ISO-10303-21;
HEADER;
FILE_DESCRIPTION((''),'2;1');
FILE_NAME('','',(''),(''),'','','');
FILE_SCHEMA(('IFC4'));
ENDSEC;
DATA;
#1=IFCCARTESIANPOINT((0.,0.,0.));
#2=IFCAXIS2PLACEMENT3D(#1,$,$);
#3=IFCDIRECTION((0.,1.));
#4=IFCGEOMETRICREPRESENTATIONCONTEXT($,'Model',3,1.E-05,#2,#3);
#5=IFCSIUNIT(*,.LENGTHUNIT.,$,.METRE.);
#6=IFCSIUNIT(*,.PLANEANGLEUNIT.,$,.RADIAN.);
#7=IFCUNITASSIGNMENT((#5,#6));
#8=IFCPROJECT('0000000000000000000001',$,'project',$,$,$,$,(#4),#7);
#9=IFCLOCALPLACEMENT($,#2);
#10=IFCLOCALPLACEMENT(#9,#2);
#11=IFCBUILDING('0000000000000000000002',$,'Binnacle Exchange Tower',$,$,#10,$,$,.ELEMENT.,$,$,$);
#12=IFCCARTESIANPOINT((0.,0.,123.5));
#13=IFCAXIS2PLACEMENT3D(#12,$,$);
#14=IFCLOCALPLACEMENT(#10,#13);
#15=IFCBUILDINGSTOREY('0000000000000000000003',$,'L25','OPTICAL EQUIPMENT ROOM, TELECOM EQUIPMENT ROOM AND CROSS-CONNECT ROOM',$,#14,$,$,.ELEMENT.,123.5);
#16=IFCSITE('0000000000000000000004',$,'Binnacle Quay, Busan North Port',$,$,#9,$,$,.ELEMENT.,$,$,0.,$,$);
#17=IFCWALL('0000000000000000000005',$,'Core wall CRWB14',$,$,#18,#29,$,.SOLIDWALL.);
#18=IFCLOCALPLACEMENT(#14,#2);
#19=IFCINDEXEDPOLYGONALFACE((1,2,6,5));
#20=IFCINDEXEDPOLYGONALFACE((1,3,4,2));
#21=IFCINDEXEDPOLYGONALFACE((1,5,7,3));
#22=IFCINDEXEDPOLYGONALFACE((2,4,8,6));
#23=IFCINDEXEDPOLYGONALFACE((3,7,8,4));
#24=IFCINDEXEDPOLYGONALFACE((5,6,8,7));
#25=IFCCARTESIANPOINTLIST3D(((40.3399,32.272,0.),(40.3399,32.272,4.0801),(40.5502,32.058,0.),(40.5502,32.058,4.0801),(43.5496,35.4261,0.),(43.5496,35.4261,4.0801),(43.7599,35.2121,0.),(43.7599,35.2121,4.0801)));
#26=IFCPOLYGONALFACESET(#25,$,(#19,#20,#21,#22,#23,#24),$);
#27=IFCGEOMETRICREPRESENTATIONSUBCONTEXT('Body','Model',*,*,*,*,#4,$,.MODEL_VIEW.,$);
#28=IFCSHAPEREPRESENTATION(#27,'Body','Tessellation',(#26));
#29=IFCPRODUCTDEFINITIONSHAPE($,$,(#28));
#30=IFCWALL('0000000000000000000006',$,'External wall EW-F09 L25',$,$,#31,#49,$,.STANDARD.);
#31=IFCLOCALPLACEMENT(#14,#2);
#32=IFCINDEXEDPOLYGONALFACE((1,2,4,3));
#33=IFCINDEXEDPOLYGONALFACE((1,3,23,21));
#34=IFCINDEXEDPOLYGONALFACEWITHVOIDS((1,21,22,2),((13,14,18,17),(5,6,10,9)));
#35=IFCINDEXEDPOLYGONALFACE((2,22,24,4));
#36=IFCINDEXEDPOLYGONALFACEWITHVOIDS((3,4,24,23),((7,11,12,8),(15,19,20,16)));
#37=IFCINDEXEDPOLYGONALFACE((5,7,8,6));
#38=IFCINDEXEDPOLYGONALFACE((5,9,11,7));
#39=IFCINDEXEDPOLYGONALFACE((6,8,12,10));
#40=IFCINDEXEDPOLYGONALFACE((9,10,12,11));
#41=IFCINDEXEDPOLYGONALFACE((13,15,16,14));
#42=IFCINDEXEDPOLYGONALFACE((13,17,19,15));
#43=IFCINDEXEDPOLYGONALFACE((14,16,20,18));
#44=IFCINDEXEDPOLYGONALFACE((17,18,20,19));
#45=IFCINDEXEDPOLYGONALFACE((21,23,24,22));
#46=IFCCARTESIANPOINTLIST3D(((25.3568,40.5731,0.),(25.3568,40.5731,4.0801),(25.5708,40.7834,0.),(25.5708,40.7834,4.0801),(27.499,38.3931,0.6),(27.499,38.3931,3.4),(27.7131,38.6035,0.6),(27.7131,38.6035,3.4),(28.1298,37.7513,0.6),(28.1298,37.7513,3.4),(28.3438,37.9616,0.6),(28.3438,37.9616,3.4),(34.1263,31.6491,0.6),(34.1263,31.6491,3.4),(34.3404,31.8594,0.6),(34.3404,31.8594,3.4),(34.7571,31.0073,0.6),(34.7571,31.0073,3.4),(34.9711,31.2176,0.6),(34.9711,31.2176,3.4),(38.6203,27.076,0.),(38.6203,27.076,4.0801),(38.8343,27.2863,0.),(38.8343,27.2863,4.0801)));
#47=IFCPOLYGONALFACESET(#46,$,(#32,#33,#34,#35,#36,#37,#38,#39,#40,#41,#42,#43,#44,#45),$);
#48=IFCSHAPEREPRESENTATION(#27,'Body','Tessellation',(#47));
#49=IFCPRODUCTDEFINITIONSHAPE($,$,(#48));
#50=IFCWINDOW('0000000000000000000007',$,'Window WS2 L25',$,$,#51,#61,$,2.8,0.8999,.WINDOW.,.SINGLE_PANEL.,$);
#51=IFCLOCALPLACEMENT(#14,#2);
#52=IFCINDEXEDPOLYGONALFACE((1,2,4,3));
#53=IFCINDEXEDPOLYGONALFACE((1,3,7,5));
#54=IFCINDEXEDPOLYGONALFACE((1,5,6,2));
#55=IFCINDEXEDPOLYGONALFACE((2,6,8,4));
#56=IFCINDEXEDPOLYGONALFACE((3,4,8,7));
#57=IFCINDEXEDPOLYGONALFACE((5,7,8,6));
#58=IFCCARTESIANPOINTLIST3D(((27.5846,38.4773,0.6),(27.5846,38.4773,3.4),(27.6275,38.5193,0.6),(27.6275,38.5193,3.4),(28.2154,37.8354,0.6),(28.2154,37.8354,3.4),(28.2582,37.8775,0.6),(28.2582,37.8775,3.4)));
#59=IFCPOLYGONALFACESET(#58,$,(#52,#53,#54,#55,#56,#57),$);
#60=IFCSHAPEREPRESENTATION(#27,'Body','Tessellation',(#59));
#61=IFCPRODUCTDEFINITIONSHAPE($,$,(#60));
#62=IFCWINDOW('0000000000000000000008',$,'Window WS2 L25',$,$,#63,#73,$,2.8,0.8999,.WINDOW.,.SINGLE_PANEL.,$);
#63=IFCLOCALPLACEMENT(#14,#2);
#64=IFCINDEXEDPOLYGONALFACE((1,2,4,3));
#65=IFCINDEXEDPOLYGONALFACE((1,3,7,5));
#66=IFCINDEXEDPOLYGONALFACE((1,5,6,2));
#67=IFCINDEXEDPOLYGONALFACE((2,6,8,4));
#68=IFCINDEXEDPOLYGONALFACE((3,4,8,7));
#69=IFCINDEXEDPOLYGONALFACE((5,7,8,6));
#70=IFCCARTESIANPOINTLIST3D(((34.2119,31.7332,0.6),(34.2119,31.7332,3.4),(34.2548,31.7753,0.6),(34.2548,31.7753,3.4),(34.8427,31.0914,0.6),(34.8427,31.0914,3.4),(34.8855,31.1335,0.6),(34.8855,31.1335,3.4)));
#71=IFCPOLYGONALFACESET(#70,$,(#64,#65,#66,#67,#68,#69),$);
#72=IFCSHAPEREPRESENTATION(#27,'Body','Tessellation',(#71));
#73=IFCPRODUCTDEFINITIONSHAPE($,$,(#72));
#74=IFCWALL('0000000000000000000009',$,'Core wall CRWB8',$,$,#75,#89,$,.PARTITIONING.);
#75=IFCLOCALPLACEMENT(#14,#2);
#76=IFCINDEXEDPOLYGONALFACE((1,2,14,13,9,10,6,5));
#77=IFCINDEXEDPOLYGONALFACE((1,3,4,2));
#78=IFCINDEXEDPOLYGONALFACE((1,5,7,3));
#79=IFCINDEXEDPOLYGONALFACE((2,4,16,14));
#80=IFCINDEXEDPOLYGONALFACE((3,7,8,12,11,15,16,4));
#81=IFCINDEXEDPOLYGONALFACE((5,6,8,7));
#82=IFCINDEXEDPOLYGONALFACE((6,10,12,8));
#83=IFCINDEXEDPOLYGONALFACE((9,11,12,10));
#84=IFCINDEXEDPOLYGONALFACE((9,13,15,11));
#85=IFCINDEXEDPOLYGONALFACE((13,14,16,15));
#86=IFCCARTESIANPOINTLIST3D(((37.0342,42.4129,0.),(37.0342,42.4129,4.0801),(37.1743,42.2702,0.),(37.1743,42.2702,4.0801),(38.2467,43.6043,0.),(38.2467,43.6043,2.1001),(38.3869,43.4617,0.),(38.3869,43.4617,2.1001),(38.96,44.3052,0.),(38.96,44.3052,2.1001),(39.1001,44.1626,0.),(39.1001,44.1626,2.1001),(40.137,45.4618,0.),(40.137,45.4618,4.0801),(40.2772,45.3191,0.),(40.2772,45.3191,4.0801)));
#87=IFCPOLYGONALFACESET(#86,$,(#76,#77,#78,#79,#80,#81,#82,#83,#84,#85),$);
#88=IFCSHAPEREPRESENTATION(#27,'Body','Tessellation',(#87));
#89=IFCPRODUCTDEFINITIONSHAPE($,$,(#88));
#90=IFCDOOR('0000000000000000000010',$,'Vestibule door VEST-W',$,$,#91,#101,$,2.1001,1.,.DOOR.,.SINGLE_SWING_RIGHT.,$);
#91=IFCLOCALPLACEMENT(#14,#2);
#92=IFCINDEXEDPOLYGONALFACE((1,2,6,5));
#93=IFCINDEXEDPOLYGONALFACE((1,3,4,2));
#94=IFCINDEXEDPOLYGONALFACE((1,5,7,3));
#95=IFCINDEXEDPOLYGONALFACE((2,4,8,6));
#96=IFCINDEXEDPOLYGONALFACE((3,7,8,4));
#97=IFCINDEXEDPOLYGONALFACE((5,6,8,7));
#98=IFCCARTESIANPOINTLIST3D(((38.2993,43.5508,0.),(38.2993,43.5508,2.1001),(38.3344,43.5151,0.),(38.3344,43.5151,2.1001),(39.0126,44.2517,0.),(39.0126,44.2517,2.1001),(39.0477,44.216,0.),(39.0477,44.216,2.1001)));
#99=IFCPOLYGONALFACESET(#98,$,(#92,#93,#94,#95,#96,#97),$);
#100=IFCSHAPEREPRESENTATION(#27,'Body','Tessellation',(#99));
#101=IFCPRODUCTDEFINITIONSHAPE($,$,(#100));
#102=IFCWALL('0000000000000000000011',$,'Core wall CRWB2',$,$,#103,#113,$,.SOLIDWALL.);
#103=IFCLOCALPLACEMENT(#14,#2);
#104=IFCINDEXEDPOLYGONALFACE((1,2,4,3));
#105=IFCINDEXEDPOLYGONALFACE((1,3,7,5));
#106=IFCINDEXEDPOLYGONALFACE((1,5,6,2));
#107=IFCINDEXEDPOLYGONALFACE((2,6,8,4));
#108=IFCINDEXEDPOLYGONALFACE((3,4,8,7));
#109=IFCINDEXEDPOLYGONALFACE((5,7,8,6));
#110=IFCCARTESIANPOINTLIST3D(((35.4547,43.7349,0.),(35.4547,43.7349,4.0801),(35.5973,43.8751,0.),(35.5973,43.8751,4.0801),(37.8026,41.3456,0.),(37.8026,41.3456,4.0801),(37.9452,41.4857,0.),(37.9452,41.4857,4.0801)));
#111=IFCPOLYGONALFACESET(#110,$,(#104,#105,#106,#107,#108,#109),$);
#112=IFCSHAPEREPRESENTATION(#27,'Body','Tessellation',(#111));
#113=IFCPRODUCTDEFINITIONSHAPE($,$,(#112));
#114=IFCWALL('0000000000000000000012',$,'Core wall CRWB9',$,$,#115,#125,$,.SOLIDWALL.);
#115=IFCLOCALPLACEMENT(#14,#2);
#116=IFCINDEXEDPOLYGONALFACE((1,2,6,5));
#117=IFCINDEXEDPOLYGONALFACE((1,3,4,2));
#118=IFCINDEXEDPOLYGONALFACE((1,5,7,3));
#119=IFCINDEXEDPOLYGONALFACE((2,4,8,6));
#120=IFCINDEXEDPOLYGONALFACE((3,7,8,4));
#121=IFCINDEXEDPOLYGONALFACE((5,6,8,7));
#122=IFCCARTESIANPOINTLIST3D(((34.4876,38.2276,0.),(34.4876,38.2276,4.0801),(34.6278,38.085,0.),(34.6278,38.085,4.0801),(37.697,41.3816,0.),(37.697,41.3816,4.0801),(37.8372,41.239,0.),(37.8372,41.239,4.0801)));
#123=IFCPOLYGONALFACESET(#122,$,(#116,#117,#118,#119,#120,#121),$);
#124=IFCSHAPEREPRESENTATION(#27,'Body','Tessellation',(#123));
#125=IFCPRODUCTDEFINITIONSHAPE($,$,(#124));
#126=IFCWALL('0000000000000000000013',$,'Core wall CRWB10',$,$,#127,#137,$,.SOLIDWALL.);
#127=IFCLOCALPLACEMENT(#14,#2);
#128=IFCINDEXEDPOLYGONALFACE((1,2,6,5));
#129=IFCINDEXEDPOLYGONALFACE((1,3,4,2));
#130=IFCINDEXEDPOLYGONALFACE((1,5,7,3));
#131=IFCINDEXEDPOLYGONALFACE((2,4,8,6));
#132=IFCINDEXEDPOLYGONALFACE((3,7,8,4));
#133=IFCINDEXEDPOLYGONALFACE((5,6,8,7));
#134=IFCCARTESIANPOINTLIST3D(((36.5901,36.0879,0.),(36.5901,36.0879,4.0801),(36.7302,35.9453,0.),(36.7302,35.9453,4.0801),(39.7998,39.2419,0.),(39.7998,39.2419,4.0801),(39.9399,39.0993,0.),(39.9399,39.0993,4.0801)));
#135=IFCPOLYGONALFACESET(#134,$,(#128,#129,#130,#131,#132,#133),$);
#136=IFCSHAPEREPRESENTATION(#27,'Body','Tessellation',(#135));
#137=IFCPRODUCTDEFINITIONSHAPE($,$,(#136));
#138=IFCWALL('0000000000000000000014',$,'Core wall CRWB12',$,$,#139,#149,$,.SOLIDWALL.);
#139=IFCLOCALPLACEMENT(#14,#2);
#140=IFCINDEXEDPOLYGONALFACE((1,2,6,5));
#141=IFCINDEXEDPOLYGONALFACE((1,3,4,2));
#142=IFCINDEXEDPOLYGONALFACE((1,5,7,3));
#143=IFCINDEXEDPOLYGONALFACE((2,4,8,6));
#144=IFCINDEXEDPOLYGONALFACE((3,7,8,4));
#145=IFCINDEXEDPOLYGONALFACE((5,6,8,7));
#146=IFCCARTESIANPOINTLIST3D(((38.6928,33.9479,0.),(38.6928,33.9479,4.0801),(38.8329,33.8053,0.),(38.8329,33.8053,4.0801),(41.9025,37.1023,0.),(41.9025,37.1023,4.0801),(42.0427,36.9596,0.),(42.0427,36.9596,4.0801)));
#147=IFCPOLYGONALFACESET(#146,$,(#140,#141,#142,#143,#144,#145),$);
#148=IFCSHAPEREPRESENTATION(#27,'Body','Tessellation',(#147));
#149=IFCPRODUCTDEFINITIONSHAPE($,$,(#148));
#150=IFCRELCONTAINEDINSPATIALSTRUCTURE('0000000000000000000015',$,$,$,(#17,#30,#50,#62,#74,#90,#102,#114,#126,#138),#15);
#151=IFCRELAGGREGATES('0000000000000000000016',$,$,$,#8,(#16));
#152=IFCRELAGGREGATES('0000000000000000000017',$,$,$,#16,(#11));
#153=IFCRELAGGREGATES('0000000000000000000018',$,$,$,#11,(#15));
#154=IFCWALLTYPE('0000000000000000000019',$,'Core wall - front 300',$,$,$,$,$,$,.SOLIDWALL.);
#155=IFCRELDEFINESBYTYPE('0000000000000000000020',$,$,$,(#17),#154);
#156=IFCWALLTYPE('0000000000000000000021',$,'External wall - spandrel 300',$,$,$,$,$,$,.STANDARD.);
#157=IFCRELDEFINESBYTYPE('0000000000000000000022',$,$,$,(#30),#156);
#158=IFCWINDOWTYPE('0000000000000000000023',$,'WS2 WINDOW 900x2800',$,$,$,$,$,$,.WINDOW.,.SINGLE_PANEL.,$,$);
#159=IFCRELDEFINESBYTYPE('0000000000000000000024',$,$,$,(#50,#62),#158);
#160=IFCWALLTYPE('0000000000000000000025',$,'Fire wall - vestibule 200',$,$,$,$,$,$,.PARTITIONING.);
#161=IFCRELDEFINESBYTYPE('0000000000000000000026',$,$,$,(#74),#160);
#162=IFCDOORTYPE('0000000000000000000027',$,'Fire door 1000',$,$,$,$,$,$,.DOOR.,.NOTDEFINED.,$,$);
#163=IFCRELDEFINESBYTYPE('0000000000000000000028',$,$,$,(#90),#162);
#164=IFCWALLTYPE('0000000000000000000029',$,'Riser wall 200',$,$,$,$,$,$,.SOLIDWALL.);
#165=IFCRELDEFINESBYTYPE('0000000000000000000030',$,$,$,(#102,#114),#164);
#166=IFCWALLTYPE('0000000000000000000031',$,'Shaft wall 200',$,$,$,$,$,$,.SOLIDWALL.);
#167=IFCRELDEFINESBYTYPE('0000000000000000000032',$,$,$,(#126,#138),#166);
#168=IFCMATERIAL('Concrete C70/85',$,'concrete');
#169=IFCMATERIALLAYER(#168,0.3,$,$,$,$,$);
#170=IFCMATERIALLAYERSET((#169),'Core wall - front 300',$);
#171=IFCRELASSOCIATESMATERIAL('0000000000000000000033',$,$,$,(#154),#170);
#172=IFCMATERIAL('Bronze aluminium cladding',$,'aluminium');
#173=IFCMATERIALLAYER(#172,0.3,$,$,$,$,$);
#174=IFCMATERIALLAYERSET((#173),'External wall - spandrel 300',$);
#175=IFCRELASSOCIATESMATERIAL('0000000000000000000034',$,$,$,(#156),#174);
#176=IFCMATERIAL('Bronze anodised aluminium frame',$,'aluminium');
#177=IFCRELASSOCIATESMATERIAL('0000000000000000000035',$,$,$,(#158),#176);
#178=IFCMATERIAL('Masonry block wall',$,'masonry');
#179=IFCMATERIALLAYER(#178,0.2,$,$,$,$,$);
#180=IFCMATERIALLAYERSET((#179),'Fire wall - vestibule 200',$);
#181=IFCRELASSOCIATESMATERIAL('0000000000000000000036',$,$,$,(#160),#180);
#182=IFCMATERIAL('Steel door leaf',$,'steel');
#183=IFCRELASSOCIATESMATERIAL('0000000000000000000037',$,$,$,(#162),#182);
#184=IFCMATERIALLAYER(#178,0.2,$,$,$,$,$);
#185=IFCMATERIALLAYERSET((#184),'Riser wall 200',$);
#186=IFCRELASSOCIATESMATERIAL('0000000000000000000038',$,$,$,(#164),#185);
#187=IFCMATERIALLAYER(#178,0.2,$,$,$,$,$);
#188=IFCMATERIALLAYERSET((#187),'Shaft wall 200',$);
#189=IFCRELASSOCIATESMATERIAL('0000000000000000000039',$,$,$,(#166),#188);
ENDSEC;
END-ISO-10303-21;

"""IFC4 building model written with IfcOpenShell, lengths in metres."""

from ifc_helpers import new_model, si_unit, direction, frame, frame_2d, origin, place, context, subcontext, project, spatial, rectangle, extrude, material, layer, layer_set, type_object, element, fill, save


model = new_model("IFC4")

# Units and contexts
model_context = context("Model", 3, precision=1e-05, world=origin(), true_north=direction((0.0, 1.0)))
body_context = subcontext(model_context, "Body", "Model", "MODEL_VIEW")
ifc_project = project(units=[si_unit("LENGTHUNIT", "METRE"), si_unit("PLANEANGLEUNIT", "RADIAN")], contexts=[model_context])

# Site, building, storey
site_placement = place(None, origin())
site = spatial("IfcSite", under=ifc_project, at=site_placement, Name="Binnacle Quay, Busan North Port", CompositionType="ELEMENT", RefElevation=0.0)
building_placement = place(site_placement, origin())
building = spatial("IfcBuilding", under=site, at=building_placement, Name="Binnacle Exchange Tower", CompositionType="ELEMENT")
storey_placement = place(building_placement, frame((0.0, 0.0, 123.5)))
storey = spatial("IfcBuildingStorey", under=building, at=storey_placement, Name="L25", Description="OPTICAL EQUIPMENT ROOM, TELECOM EQUIPMENT ROOM AND CROSS-CONNECT ROOM", CompositionType="ELEMENT", Elevation=123.5)

# Shared definitions
ifc_material_1 = material(Name="Concrete C70/85", Category="concrete")

# Shared definitions
ifc_layer_1 = layer(ifc_material_1, 0.3)
ifc_layer_set_1 = layer_set([ifc_layer_1], Name="Core wall - front 300")
wall_type_1 = type_object("IfcWallType", Name="Core wall - front 300", PredefinedType="SOLIDWALL", material=ifc_layer_set_1)
ifc_material_2 = material(Name="Steel door leaf", Category="steel")

# Wall
wall_1_placement = place(storey_placement, frame((40.4451, 32.165, 0.0), z_axis=(0.0, 0.0, 1.0), x_axis=(0.713265, 0.700895, 0.0)))
element("IfcWall", 1, at=wall_1_placement, inside=storey, type_object=wall_type_1, Name="Core wall CRWB14", PredefinedType="SOLIDWALL", context=body_context, shape_type="SweptSolid", body=[
    extrude(rectangle(XDim=4.5, YDim=0.3, at=frame_2d((2.25, 0.0))), origin(), (0.0, 0.0, 1.0), 4.0801),
])

# Wall, openings, windows
ifc_material_3 = material(Name="Bronze aluminium cladding", Category="aluminium")
ifc_layer_2 = layer(ifc_material_3, 0.3)
ifc_layer_set_2 = layer_set([ifc_layer_2], Name="External wall - spandrel 300")
wall_type_2 = type_object("IfcWallType", Name="External wall - spandrel 300", PredefinedType="STANDARD", material=ifc_layer_set_2)
wall_2_placement = place(storey_placement, frame((38.7273, 27.1812, 0.0), z_axis=(0.0, 0.0, 1.0), x_axis=(-0.700906, 0.713253, 0.0)))
wall_2 = element("IfcWall", 2, at=wall_2_placement, inside=storey, type_object=wall_type_2, Name="External wall EW-F09 L25", PredefinedType="STANDARD", context=body_context, shape_type="SweptSolid", body=[
    extrude(rectangle(XDim=18.9233, YDim=0.3, at=frame_2d((9.4617, 0.0))), origin(), (0.0, 0.0, 1.0), 4.0801),
])
opening_1_placement = place(wall_2_placement, frame((14.967, 0.0, 0.6001)))
opening_1 = element("IfcOpeningElement", 3, at=opening_1_placement, cuts=wall_2, PredefinedType="OPENING", context=body_context, shape_type="SweptSolid", body=[
    extrude(rectangle(XDim=0.8999, YDim=2.8, at=frame_2d((0.45, 1.3999))), frame((0.0, 0.1599, 0.0), z_axis=(0.0, -1.0, 0.0), x_axis=(1.0, 0.0, 0.0)), (0.0, 0.0, 1.0), 0.3201),
])
opening_2_placement = place(wall_2_placement, frame((5.5117, 0.0, 0.6001)))
opening_2 = element("IfcOpeningElement", 4, at=opening_2_placement, cuts=wall_2, PredefinedType="OPENING", context=body_context, shape_type="SweptSolid", body=[
    extrude(rectangle(XDim=0.8999, YDim=2.8, at=frame_2d((0.45, 1.3999))), frame((0.0, 0.1599, 0.0), z_axis=(0.0, -1.0, 0.0), x_axis=(1.0, 0.0, 0.0)), (0.0, 0.0, 1.0), 0.3201),
])
ifc_material_4 = material(Name="Bronze anodised aluminium frame", Category="aluminium")
window_type = type_object("IfcWindowType", Name="WS2 WINDOW 900x2800", PartitioningType="SINGLE_PANEL", PredefinedType="WINDOW", material=ifc_material_4)
window_1_placement = place(opening_1_placement, origin())
window_1 = element("IfcWindow", 5, at=window_1_placement, inside=storey, type_object=window_type, Name="Window WS2 L25", OverallHeight=2.8, OverallWidth=0.8999, PartitioningType="SINGLE_PANEL", PredefinedType="WINDOW", context=body_context, shape_type="SweptSolid", body=[
    extrude(rectangle(XDim=0.8999, YDim=2.8, at=frame_2d((0.45, 1.3999))), frame((0.0, 0.03, 0.0), z_axis=(0.0, -1.0, 0.0), x_axis=(1.0, 0.0, 0.0)), (0.0, 0.0, 1.0), 0.0601),
])
fill(opening_1, window_1)
window_2_placement = place(opening_2_placement, origin())
window_2 = element("IfcWindow", 6, at=window_2_placement, inside=storey, type_object=window_type, Name="Window WS2 L25", OverallHeight=2.8, OverallWidth=0.8999, PartitioningType="SINGLE_PANEL", PredefinedType="WINDOW", context=body_context, shape_type="SweptSolid", body=[
    extrude(rectangle(XDim=0.8999, YDim=2.8, at=frame_2d((0.45, 1.3999))), frame((0.0, 0.03, 0.0), z_axis=(0.0, -1.0, 0.0), x_axis=(1.0, 0.0, 0.0)), (0.0, 0.0, 1.0), 0.0601),
])
fill(opening_2, window_2)

# Wall, opening, door
ifc_material_5 = material(Name="Masonry block wall", Category="masonry")
ifc_layer_3 = layer(ifc_material_5, 0.2)
ifc_layer_set_3 = layer_set([ifc_layer_3], Name="Fire wall - vestibule 200")
wall_type_3 = type_object("IfcWallType", Name="Fire wall - vestibule 200", PredefinedType="PARTITIONING", material=ifc_layer_set_3)
wall_3_placement = place(storey_placement, frame((37.1042, 42.3416, 0.0), z_axis=(0.0, 0.0, 1.0), x_axis=(0.713281, 0.700878, 0.0)))
wall_3 = element("IfcWall", 7, at=wall_3_placement, inside=storey, type_object=wall_type_3, Name="Core wall CRWB8", PredefinedType="PARTITIONING", context=body_context, shape_type="SweptSolid", body=[
    extrude(rectangle(XDim=4.3501, YDim=0.2, at=frame_2d((2.175, 0.0))), origin(), (0.0, 0.0, 1.0), 4.0801),
])
opening_3_placement = place(wall_3_placement, frame((1.7, 0.0, 0.0)))
opening_3 = element("IfcOpeningElement", 8, at=opening_3_placement, cuts=wall_3, PredefinedType="OPENING", context=body_context, shape_type="SweptSolid", body=[
    extrude(rectangle(XDim=1.0, YDim=2.1001, at=frame_2d((0.5, 1.05))), frame((0.0, 0.1099, 0.0), z_axis=(0.0, -1.0, 0.0), x_axis=(1.0, 0.0, 0.0)), (0.0, 0.0, 1.0), 0.22),
])
door_type_1 = type_object("IfcDoorType", Name="Fire door 1000", OperationType="NOTDEFINED", PredefinedType="DOOR", material=ifc_material_2)
door_1_placement = place(opening_3_placement, origin())
door_1 = element("IfcDoor", 9, at=door_1_placement, inside=storey, type_object=door_type_1, Name="Vestibule door VEST-W", OperationType="SINGLE_SWING_RIGHT", OverallHeight=2.1001, OverallWidth=1.0, PredefinedType="DOOR", context=body_context, shape_type="SweptSolid", body=[
    extrude(rectangle(XDim=1.0, YDim=2.1001, at=frame_2d((0.5, 1.05))), frame((0.0, 0.0249, 0.0), z_axis=(0.0, -1.0, 0.0), x_axis=(1.0, 0.0, 0.0)), (0.0, 0.0, 1.0), 0.05),
])
fill(opening_3, door_1)

# Walls
ifc_layer_4 = layer(ifc_material_5, 0.2)
ifc_layer_set_4 = layer_set([ifc_layer_4], Name="Riser wall 200")
wall_type_4 = type_object("IfcWallType", Name="Riser wall 200", PredefinedType="SOLIDWALL", material=ifc_layer_set_4)
wall_4_placement = place(storey_placement, frame((35.5261, 43.8049, 0.0), z_axis=(0.0, 0.0, 1.0), x_axis=(0.700885, -0.713274, 0.0)))
element("IfcWall", 10, at=wall_4_placement, inside=storey, type_object=wall_type_4, Name="Core wall CRWB2", PredefinedType="SOLIDWALL", context=body_context, shape_type="SweptSolid", body=[
    extrude(rectangle(XDim=3.3499, YDim=0.2, at=frame_2d((1.6748, 0.0))), origin(), (0.0, 0.0, 1.0), 4.0801),
])
wall_5_placement = place(storey_placement, frame((34.5576, 38.1562, 0.0), z_axis=(0.0, 0.0, 1.0), x_axis=(0.713238, 0.700922, 0.0)))
element("IfcWall", 11, at=wall_5_placement, inside=storey, type_object=wall_type_4, Name="Core wall CRWB9", PredefinedType="SOLIDWALL", context=body_context, shape_type="SweptSolid", body=[
    extrude(rectangle(XDim=4.4998, YDim=0.2, at=frame_2d((2.25, 0.0))), origin(), (0.0, 0.0, 1.0), 4.0801),
])
ifc_layer_5 = layer(ifc_material_5, 0.2)
ifc_layer_set_5 = layer_set([ifc_layer_5], Name="Shaft wall 200")
wall_type_5 = type_object("IfcWallType", Name="Shaft wall 200", PredefinedType="SOLIDWALL", material=ifc_layer_set_5)
wall_6_placement = place(storey_placement, frame((36.6602, 36.0166, 0.0), z_axis=(0.0, 0.0, 1.0), x_axis=(0.713265, 0.700895, 0.0)))
element("IfcWall", 12, at=wall_6_placement, inside=storey, type_object=wall_type_5, Name="Core wall CRWB10", PredefinedType="SOLIDWALL", context=body_context, shape_type="SweptSolid", body=[
    extrude(rectangle(XDim=4.5, YDim=0.2, at=frame_2d((2.25, 0.0))), origin(), (0.0, 0.0, 1.0), 4.0801),
])
wall_7_placement = place(storey_placement, frame((38.7629, 33.8767, 0.0), z_axis=(0.0, 0.0, 1.0), x_axis=(0.713237, 0.700922, 0.0)))
element("IfcWall", 13, at=wall_7_placement, inside=storey, type_object=wall_type_5, Name="Core wall CRWB12", PredefinedType="SOLIDWALL", context=body_context, shape_type="SweptSolid", body=[
    extrude(rectangle(XDim=4.5002, YDim=0.2, at=frame_2d((2.25, 0.0))), origin(), (0.0, 0.0, 1.0), 4.0801),
])

save(model, "model.ifc")
